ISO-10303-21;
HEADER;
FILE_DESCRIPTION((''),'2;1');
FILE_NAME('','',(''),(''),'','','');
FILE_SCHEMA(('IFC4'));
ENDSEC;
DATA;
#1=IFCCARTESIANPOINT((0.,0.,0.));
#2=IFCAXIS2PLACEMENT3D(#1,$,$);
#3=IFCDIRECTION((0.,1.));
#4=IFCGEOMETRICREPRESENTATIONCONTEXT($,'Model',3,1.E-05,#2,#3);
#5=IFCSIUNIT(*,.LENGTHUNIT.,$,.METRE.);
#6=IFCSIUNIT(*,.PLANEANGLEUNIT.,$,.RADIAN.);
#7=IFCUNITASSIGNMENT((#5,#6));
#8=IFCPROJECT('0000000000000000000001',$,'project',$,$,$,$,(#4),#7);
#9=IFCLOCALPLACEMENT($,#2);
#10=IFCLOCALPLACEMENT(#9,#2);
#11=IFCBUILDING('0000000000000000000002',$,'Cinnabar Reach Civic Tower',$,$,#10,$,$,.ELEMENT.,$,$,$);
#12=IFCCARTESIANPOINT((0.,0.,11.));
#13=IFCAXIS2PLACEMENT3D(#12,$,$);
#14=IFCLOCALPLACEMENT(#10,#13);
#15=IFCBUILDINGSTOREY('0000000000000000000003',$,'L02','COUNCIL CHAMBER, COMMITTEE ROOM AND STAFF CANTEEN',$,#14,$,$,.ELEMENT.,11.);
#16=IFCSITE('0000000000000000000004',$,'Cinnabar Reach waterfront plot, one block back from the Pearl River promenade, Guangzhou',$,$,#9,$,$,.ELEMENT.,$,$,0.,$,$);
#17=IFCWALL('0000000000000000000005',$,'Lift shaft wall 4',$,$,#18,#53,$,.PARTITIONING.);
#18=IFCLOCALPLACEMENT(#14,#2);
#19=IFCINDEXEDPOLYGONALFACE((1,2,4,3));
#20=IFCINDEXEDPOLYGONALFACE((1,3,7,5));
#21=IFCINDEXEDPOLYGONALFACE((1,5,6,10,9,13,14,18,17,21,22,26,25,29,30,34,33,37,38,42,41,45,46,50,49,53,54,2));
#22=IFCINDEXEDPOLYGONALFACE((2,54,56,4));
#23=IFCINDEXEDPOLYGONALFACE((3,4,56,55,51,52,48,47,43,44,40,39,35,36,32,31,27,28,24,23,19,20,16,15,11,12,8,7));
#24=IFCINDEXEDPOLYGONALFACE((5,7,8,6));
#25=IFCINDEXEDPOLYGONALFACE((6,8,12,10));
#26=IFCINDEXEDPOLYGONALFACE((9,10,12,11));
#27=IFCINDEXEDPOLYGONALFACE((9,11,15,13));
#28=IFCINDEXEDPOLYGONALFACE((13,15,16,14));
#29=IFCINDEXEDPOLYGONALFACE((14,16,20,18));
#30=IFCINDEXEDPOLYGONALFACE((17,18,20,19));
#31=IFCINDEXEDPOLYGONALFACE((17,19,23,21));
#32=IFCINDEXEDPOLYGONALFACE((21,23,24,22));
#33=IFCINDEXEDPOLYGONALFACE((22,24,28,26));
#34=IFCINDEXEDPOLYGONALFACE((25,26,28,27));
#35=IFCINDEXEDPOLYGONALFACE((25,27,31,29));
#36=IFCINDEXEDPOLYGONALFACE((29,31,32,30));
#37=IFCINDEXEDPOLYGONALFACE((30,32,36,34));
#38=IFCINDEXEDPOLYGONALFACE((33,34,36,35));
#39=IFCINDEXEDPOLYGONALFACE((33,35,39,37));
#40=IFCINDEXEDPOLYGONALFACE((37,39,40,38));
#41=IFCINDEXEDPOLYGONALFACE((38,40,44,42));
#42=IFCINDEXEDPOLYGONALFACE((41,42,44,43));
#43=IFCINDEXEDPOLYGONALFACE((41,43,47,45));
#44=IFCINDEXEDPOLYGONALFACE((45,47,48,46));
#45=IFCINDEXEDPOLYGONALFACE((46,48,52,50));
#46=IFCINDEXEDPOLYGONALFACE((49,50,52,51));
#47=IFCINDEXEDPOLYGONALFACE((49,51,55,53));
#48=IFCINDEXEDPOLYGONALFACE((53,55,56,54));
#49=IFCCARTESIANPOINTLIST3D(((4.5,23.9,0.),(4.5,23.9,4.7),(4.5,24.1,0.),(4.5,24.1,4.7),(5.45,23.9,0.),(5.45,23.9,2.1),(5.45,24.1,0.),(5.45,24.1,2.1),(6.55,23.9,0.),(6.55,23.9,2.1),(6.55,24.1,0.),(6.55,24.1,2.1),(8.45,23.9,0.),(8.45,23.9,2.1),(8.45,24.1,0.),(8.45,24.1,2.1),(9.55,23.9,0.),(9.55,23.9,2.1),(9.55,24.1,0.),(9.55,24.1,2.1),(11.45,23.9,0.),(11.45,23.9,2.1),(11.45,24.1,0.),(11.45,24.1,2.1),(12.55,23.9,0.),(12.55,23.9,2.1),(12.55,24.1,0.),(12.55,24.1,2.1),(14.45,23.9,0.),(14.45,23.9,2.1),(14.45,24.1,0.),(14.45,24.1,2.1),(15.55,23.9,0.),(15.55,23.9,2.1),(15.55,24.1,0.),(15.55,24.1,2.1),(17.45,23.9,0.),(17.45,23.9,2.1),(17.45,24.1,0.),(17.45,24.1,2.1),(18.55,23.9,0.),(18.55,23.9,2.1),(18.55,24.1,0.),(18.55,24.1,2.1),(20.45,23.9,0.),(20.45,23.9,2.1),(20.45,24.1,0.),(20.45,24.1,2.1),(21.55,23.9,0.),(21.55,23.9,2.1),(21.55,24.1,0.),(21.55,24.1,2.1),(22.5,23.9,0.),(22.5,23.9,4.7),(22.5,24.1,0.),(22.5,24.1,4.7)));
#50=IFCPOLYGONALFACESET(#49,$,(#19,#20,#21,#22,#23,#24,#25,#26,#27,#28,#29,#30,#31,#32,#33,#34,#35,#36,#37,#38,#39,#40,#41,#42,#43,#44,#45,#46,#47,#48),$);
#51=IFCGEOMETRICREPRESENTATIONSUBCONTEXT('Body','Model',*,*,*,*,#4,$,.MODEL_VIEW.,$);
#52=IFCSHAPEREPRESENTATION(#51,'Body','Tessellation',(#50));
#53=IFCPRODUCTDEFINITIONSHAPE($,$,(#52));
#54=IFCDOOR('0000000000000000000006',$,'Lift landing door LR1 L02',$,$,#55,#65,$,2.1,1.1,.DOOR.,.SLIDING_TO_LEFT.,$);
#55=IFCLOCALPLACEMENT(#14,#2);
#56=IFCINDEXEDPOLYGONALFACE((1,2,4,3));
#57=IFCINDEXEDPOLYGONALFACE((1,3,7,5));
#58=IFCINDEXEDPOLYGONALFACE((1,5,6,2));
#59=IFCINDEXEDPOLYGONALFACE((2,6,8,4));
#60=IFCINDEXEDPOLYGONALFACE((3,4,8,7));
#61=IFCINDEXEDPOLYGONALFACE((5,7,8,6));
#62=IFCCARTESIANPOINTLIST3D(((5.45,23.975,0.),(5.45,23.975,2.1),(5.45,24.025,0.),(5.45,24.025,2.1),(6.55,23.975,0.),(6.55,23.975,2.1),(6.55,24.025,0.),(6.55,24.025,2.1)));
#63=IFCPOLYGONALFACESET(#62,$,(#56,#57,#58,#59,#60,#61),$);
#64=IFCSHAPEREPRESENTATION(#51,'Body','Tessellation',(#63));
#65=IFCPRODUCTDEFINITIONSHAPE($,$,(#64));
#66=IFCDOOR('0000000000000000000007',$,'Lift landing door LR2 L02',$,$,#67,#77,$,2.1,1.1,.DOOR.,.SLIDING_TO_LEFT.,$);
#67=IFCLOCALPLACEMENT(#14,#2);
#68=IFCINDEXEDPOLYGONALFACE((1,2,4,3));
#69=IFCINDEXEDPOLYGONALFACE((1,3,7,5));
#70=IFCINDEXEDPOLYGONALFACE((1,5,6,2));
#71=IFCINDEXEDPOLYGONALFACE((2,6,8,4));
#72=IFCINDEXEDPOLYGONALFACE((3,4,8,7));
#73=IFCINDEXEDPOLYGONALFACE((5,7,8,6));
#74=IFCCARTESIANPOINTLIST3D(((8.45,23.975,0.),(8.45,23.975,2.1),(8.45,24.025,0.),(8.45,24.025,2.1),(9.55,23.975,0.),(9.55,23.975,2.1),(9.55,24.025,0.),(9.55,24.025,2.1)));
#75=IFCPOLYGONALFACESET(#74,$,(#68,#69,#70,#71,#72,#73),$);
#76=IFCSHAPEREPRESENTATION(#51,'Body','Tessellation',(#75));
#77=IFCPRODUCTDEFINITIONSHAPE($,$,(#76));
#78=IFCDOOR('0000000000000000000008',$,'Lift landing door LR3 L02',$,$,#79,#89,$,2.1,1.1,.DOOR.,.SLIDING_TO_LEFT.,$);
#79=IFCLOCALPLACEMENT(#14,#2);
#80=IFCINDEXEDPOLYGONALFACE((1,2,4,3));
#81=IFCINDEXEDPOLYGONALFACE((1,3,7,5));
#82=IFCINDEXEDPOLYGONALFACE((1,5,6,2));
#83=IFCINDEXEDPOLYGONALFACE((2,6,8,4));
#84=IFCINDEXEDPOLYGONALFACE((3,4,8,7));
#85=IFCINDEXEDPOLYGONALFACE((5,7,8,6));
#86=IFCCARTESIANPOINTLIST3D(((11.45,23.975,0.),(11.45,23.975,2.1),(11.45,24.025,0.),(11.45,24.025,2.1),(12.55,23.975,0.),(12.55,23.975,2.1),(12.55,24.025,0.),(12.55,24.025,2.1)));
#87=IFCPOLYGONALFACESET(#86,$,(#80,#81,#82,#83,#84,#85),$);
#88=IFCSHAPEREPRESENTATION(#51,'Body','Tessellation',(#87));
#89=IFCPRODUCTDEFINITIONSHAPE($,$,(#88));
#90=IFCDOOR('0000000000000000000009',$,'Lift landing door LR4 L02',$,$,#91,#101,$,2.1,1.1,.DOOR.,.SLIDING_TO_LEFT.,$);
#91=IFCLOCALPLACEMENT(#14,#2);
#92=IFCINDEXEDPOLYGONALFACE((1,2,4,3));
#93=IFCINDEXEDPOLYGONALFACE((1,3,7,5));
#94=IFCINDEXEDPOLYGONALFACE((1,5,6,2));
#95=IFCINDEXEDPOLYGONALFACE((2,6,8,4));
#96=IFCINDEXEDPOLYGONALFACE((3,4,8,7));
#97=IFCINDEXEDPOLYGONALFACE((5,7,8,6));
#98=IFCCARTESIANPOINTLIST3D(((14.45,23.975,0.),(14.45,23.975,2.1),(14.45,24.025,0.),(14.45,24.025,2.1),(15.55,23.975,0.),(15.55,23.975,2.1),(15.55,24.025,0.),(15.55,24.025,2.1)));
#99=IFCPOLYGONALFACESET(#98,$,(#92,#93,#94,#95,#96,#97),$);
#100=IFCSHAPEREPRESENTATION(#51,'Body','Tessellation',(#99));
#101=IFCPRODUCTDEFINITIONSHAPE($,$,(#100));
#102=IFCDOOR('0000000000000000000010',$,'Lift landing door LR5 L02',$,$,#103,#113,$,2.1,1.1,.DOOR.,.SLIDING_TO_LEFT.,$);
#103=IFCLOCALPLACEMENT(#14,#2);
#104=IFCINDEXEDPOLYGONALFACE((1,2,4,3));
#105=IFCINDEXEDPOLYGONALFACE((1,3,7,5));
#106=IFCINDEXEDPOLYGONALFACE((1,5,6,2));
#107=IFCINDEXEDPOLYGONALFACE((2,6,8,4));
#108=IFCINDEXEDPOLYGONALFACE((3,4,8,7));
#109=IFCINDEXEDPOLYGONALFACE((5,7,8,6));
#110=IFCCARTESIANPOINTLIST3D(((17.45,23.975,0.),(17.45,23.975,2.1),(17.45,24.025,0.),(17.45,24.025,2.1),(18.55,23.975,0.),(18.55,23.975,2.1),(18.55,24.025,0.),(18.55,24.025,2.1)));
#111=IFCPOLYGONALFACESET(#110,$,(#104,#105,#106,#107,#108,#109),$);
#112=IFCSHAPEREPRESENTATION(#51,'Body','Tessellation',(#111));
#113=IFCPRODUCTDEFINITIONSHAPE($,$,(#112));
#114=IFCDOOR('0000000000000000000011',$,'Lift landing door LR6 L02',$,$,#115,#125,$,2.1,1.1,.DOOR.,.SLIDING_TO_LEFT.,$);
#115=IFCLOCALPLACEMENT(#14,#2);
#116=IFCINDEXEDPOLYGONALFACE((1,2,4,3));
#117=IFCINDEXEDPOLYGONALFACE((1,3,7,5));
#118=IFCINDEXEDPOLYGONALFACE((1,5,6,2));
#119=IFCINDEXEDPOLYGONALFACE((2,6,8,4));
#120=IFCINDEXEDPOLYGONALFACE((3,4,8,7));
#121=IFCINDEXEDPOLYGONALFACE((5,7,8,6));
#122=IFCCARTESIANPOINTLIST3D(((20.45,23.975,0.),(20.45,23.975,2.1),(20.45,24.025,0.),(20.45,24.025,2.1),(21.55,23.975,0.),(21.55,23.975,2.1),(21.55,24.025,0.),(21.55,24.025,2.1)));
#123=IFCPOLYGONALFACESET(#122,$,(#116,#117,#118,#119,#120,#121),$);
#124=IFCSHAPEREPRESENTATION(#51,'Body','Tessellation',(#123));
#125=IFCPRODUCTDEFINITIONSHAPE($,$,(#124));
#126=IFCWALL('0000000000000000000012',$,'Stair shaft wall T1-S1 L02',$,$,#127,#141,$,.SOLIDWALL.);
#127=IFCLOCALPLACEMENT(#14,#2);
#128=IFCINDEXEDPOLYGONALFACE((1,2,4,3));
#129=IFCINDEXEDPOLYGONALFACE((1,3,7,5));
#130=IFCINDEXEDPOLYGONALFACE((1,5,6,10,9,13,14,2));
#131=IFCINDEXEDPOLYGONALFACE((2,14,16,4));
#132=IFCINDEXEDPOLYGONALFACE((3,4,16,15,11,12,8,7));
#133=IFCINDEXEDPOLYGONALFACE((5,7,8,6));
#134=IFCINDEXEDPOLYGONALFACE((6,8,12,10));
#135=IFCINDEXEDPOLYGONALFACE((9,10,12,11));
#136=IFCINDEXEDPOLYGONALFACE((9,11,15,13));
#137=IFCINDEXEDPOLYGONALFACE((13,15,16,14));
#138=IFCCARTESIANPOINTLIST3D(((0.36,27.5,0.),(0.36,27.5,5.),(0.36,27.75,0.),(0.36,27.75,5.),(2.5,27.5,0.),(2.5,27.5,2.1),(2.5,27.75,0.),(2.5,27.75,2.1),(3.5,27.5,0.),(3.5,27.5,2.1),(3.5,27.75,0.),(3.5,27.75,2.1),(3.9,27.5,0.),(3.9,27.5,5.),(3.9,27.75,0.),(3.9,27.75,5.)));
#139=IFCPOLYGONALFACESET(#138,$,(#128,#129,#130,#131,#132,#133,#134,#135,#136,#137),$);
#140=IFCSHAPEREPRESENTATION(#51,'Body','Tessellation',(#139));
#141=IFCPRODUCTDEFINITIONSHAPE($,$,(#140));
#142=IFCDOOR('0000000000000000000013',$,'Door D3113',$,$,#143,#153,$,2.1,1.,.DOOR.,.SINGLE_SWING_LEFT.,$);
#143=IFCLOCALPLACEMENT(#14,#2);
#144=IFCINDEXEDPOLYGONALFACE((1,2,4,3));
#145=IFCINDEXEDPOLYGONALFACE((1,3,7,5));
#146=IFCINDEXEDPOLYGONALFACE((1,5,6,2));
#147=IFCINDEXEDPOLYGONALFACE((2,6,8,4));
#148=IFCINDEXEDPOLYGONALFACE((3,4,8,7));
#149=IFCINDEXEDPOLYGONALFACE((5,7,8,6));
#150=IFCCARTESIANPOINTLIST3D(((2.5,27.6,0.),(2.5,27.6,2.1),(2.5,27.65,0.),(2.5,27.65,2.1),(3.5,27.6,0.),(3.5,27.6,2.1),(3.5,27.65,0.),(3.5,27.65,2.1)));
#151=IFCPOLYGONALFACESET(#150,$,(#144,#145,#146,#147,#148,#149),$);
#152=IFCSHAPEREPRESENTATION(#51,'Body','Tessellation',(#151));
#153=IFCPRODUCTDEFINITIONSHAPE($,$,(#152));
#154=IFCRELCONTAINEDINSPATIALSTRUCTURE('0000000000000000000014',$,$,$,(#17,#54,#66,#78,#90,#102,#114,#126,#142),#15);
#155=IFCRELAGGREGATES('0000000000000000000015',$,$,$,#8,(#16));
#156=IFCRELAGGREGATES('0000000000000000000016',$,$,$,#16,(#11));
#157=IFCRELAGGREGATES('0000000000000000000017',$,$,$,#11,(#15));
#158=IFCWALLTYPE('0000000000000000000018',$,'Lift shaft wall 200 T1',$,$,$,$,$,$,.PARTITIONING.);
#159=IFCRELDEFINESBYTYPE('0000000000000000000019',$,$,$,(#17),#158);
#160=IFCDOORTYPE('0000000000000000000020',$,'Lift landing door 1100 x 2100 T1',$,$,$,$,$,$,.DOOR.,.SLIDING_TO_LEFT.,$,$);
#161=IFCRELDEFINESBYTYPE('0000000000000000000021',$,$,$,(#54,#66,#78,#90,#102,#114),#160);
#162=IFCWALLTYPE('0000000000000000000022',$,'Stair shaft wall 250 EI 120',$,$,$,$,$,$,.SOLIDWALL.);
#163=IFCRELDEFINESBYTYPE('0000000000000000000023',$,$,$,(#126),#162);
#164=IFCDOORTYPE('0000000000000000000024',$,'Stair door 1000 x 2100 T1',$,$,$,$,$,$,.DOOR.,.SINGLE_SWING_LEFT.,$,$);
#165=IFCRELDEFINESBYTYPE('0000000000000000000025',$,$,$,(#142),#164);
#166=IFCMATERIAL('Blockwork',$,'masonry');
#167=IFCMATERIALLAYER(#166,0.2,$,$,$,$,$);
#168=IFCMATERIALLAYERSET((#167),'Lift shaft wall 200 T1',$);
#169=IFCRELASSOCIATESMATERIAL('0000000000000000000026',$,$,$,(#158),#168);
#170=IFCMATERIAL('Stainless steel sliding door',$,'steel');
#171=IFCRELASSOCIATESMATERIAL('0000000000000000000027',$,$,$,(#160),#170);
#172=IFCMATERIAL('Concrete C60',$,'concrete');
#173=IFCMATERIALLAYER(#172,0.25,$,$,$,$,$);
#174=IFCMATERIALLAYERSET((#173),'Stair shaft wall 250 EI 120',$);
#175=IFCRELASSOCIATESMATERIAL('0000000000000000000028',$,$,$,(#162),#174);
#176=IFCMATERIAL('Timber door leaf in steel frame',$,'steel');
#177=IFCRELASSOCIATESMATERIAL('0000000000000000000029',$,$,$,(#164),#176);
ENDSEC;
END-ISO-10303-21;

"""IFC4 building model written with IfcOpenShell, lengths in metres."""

from ifc_helpers import new_model, si_unit, direction, frame, frame_2d, origin, place, context, subcontext, project, spatial, rectangle, extrude, material, layer, layer_set, type_object, element, fill, save


model = new_model("IFC4")

# Units and contexts
model_context = context("Model", 3, precision=1e-05, world=origin(), true_north=direction((0.0, 1.0)))
body_context = subcontext(model_context, "Body", "Model", "MODEL_VIEW")
ifc_project = project(units=[si_unit("LENGTHUNIT", "METRE"), si_unit("PLANEANGLEUNIT", "RADIAN")], contexts=[model_context])

# Site, building, storey
site_placement = place(None, origin())
site = spatial("IfcSite", under=ifc_project, at=site_placement, Name="Cinnabar Reach waterfront plot, one block back from the Pearl River promenade, Guangzhou", CompositionType="ELEMENT", RefElevation=0.0)
building_placement = place(site_placement, origin())
building = spatial("IfcBuilding", under=site, at=building_placement, Name="Cinnabar Reach Civic Tower", CompositionType="ELEMENT")
storey_placement = place(building_placement, frame((0.0, 0.0, 11.0)))
storey = spatial("IfcBuildingStorey", under=building, at=storey_placement, Name="L02", Description="COUNCIL CHAMBER, COMMITTEE ROOM AND STAFF CANTEEN", CompositionType="ELEMENT", Elevation=11.0)

# Wall, openings, doors
ifc_material_1 = material(Name="Timber door leaf in steel frame", Category="steel")
ifc_material_2 = material(Name="Blockwork", Category="masonry")
ifc_layer_1 = layer(ifc_material_2, 0.2)
ifc_layer_set_1 = layer_set([ifc_layer_1], Name="Lift shaft wall 200 T1")
wall_type_1 = type_object("IfcWallType", Name="Lift shaft wall 200 T1", PredefinedType="PARTITIONING", material=ifc_layer_set_1)
wall_1_placement = place(storey_placement, frame((4.5, 24.0, 0.0), z_axis=(0.0, 0.0, 1.0), x_axis=(1.0, 0.0, 0.0)))
wall_1 = element("IfcWall", 1, at=wall_1_placement, inside=storey, type_object=wall_type_1, Name="Lift shaft wall 4", PredefinedType="PARTITIONING", context=body_context, shape_type="SweptSolid", body=[
    extrude(rectangle(XDim=18.0, YDim=0.2, at=frame_2d((9.0, 0.0))), origin(), (0.0, 0.0, 1.0), 4.7),
])
opening_1_placement = place(wall_1_placement, frame((0.95, 0.0, 0.0)))
opening_1 = element("IfcOpeningElement", 2, at=opening_1_placement, cuts=wall_1, PredefinedType="OPENING", context=body_context, shape_type="SweptSolid", body=[
    extrude(rectangle(XDim=1.1, YDim=2.1, at=frame_2d((0.55, 1.05))), frame((0.0, 0.11, 0.0), z_axis=(0.0, -1.0, 0.0), x_axis=(1.0, 0.0, 0.0)), (0.0, 0.0, 1.0), 0.22),
])
opening_2_placement = place(wall_1_placement, frame((3.95, 0.0, 0.0)))
opening_2 = element("IfcOpeningElement", 3, at=opening_2_placement, cuts=wall_1, PredefinedType="OPENING", context=body_context, shape_type="SweptSolid", body=[
    extrude(rectangle(XDim=1.1, YDim=2.1, at=frame_2d((0.55, 1.05))), frame((0.0, 0.11, 0.0), z_axis=(0.0, -1.0, 0.0), x_axis=(1.0, 0.0, 0.0)), (0.0, 0.0, 1.0), 0.22),
])
opening_3_placement = place(wall_1_placement, frame((6.95, 0.0, 0.0)))
opening_3 = element("IfcOpeningElement", 4, at=opening_3_placement, cuts=wall_1, PredefinedType="OPENING", context=body_context, shape_type="SweptSolid", body=[
    extrude(rectangle(XDim=1.1, YDim=2.1, at=frame_2d((0.55, 1.05))), frame((0.0, 0.11, 0.0), z_axis=(0.0, -1.0, 0.0), x_axis=(1.0, 0.0, 0.0)), (0.0, 0.0, 1.0), 0.22),
])
opening_4_placement = place(wall_1_placement, frame((9.95, 0.0, 0.0)))
opening_4 = element("IfcOpeningElement", 5, at=opening_4_placement, cuts=wall_1, PredefinedType="OPENING", context=body_context, shape_type="SweptSolid", body=[
    extrude(rectangle(XDim=1.1, YDim=2.1, at=frame_2d((0.55, 1.05))), frame((0.0, 0.11, 0.0), z_axis=(0.0, -1.0, 0.0), x_axis=(1.0, 0.0, 0.0)), (0.0, 0.0, 1.0), 0.22),
])
opening_5_placement = place(wall_1_placement, frame((12.95, 0.0, 0.0)))
opening_5 = element("IfcOpeningElement", 6, at=opening_5_placement, cuts=wall_1, PredefinedType="OPENING", context=body_context, shape_type="SweptSolid", body=[
    extrude(rectangle(XDim=1.1, YDim=2.1, at=frame_2d((0.55, 1.05))), frame((0.0, 0.11, 0.0), z_axis=(0.0, -1.0, 0.0), x_axis=(1.0, 0.0, 0.0)), (0.0, 0.0, 1.0), 0.22),
])
opening_6_placement = place(wall_1_placement, frame((15.95, 0.0, 0.0)))
opening_6 = element("IfcOpeningElement", 7, at=opening_6_placement, cuts=wall_1, PredefinedType="OPENING", context=body_context, shape_type="SweptSolid", body=[
    extrude(rectangle(XDim=1.1, YDim=2.1, at=frame_2d((0.55, 1.05))), frame((0.0, 0.11, 0.0), z_axis=(0.0, -1.0, 0.0), x_axis=(1.0, 0.0, 0.0)), (0.0, 0.0, 1.0), 0.22),
])
ifc_material_3 = material(Name="Stainless steel sliding door", Category="steel")
door_type_1 = type_object("IfcDoorType", Name="Lift landing door 1100 x 2100 T1", OperationType="SLIDING_TO_LEFT", PredefinedType="DOOR", material=ifc_material_3)
door_1_placement = place(opening_1_placement, origin())
door_1 = element("IfcDoor", 8, at=door_1_placement, inside=storey, type_object=door_type_1, Name="Lift landing door LR1 L02", OperationType="SLIDING_TO_LEFT", OverallHeight=2.1, OverallWidth=1.1, PredefinedType="DOOR", context=body_context, shape_type="SweptSolid", body=[
    extrude(rectangle(XDim=1.1, YDim=2.1, at=frame_2d((0.55, 1.05))), frame((0.0, 0.025, 0.0), z_axis=(0.0, -1.0, 0.0), x_axis=(1.0, 0.0, 0.0)), (0.0, 0.0, 1.0), 0.05),
])
fill(opening_1, door_1)
door_2_placement = place(opening_2_placement, origin())
door_2 = element("IfcDoor", 9, at=door_2_placement, inside=storey, type_object=door_type_1, Name="Lift landing door LR2 L02", OperationType="SLIDING_TO_LEFT", OverallHeight=2.1, OverallWidth=1.1, PredefinedType="DOOR", context=body_context, shape_type="SweptSolid", body=[
    extrude(rectangle(XDim=1.1, YDim=2.1, at=frame_2d((0.55, 1.05))), frame((0.0, 0.025, 0.0), z_axis=(0.0, -1.0, 0.0), x_axis=(1.0, 0.0, 0.0)), (0.0, 0.0, 1.0), 0.05),
])
fill(opening_2, door_2)
door_3_placement = place(opening_3_placement, origin())
door_3 = element("IfcDoor", 10, at=door_3_placement, inside=storey, type_object=door_type_1, Name="Lift landing door LR3 L02", OperationType="SLIDING_TO_LEFT", OverallHeight=2.1, OverallWidth=1.1, PredefinedType="DOOR", context=body_context, shape_type="SweptSolid", body=[
    extrude(rectangle(XDim=1.1, YDim=2.1, at=frame_2d((0.55, 1.05))), frame((0.0, 0.025, 0.0), z_axis=(0.0, -1.0, 0.0), x_axis=(1.0, 0.0, 0.0)), (0.0, 0.0, 1.0), 0.05),
])
fill(opening_3, door_3)
door_4_placement = place(opening_4_placement, origin())
door_4 = element("IfcDoor", 11, at=door_4_placement, inside=storey, type_object=door_type_1, Name="Lift landing door LR4 L02", OperationType="SLIDING_TO_LEFT", OverallHeight=2.1, OverallWidth=1.1, PredefinedType="DOOR", context=body_context, shape_type="SweptSolid", body=[
    extrude(rectangle(XDim=1.1, YDim=2.1, at=frame_2d((0.55, 1.05))), frame((0.0, 0.025, 0.0), z_axis=(0.0, -1.0, 0.0), x_axis=(1.0, 0.0, 0.0)), (0.0, 0.0, 1.0), 0.05),
])
fill(opening_4, door_4)
door_5_placement = place(opening_5_placement, origin())
door_5 = element("IfcDoor", 12, at=door_5_placement, inside=storey, type_object=door_type_1, Name="Lift landing door LR5 L02", OperationType="SLIDING_TO_LEFT", OverallHeight=2.1, OverallWidth=1.1, PredefinedType="DOOR", context=body_context, shape_type="SweptSolid", body=[
    extrude(rectangle(XDim=1.1, YDim=2.1, at=frame_2d((0.55, 1.05))), frame((0.0, 0.025, 0.0), z_axis=(0.0, -1.0, 0.0), x_axis=(1.0, 0.0, 0.0)), (0.0, 0.0, 1.0), 0.05),
])
fill(opening_5, door_5)
door_6_placement = place(opening_6_placement, origin())
door_6 = element("IfcDoor", 13, at=door_6_placement, inside=storey, type_object=door_type_1, Name="Lift landing door LR6 L02", OperationType="SLIDING_TO_LEFT", OverallHeight=2.1, OverallWidth=1.1, PredefinedType="DOOR", context=body_context, shape_type="SweptSolid", body=[
    extrude(rectangle(XDim=1.1, YDim=2.1, at=frame_2d((0.55, 1.05))), frame((0.0, 0.025, 0.0), z_axis=(0.0, -1.0, 0.0), x_axis=(1.0, 0.0, 0.0)), (0.0, 0.0, 1.0), 0.05),
])
fill(opening_6, door_6)

# Wall, opening, door
ifc_material_4 = material(Name="Concrete C60", Category="concrete")
ifc_layer_2 = layer(ifc_material_4, 0.25)
ifc_layer_set_2 = layer_set([ifc_layer_2], Name="Stair shaft wall 250 EI 120")
wall_type_2 = type_object("IfcWallType", Name="Stair shaft wall 250 EI 120", PredefinedType="SOLIDWALL", material=ifc_layer_set_2)
wall_2_placement = place(storey_placement, frame((3.9, 27.625, 0.0), z_axis=(0.0, 0.0, 1.0), x_axis=(-1.0, 0.0, 0.0)))
wall_2 = element("IfcWall", 14, at=wall_2_placement, inside=storey, type_object=wall_type_2, Name="Stair shaft wall T1-S1 L02", PredefinedType="SOLIDWALL", context=body_context, shape_type="SweptSolid", body=[
    extrude(rectangle(XDim=3.54, YDim=0.25, at=frame_2d((1.77, 0.0))), origin(), (0.0, 0.0, 1.0), 5.0),
])
opening_7_placement = place(wall_2_placement, frame((0.4, 0.0, 0.0)))
opening_7 = element("IfcOpeningElement", 15, at=opening_7_placement, cuts=wall_2, PredefinedType="OPENING", context=body_context, shape_type="SweptSolid", body=[
    extrude(rectangle(XDim=1.0, YDim=2.1, at=frame_2d((0.5, 1.05))), frame((0.0, 0.135, 0.0), z_axis=(0.0, -1.0, 0.0), x_axis=(1.0, 0.0, 0.0)), (0.0, 0.0, 1.0), 0.27),
])
door_type_2 = type_object("IfcDoorType", Name="Stair door 1000 x 2100 T1", OperationType="SINGLE_SWING_LEFT", PredefinedType="DOOR", material=ifc_material_1)
door_7_placement = place(opening_7_placement, origin())
door_7 = element("IfcDoor", 16, at=door_7_placement, inside=storey, type_object=door_type_2, Name="Door D3113", OperationType="SINGLE_SWING_LEFT", OverallHeight=2.1, OverallWidth=1.0, PredefinedType="DOOR", context=body_context, shape_type="SweptSolid", body=[
    extrude(rectangle(XDim=1.0, YDim=2.1, at=frame_2d((0.5, 1.05))), frame((0.0, 0.025, 0.0), z_axis=(0.0, -1.0, 0.0), x_axis=(1.0, 0.0, 0.0)), (0.0, 0.0, 1.0), 0.05),
])
fill(opening_7, door_7)

save(model, "model.ifc")
